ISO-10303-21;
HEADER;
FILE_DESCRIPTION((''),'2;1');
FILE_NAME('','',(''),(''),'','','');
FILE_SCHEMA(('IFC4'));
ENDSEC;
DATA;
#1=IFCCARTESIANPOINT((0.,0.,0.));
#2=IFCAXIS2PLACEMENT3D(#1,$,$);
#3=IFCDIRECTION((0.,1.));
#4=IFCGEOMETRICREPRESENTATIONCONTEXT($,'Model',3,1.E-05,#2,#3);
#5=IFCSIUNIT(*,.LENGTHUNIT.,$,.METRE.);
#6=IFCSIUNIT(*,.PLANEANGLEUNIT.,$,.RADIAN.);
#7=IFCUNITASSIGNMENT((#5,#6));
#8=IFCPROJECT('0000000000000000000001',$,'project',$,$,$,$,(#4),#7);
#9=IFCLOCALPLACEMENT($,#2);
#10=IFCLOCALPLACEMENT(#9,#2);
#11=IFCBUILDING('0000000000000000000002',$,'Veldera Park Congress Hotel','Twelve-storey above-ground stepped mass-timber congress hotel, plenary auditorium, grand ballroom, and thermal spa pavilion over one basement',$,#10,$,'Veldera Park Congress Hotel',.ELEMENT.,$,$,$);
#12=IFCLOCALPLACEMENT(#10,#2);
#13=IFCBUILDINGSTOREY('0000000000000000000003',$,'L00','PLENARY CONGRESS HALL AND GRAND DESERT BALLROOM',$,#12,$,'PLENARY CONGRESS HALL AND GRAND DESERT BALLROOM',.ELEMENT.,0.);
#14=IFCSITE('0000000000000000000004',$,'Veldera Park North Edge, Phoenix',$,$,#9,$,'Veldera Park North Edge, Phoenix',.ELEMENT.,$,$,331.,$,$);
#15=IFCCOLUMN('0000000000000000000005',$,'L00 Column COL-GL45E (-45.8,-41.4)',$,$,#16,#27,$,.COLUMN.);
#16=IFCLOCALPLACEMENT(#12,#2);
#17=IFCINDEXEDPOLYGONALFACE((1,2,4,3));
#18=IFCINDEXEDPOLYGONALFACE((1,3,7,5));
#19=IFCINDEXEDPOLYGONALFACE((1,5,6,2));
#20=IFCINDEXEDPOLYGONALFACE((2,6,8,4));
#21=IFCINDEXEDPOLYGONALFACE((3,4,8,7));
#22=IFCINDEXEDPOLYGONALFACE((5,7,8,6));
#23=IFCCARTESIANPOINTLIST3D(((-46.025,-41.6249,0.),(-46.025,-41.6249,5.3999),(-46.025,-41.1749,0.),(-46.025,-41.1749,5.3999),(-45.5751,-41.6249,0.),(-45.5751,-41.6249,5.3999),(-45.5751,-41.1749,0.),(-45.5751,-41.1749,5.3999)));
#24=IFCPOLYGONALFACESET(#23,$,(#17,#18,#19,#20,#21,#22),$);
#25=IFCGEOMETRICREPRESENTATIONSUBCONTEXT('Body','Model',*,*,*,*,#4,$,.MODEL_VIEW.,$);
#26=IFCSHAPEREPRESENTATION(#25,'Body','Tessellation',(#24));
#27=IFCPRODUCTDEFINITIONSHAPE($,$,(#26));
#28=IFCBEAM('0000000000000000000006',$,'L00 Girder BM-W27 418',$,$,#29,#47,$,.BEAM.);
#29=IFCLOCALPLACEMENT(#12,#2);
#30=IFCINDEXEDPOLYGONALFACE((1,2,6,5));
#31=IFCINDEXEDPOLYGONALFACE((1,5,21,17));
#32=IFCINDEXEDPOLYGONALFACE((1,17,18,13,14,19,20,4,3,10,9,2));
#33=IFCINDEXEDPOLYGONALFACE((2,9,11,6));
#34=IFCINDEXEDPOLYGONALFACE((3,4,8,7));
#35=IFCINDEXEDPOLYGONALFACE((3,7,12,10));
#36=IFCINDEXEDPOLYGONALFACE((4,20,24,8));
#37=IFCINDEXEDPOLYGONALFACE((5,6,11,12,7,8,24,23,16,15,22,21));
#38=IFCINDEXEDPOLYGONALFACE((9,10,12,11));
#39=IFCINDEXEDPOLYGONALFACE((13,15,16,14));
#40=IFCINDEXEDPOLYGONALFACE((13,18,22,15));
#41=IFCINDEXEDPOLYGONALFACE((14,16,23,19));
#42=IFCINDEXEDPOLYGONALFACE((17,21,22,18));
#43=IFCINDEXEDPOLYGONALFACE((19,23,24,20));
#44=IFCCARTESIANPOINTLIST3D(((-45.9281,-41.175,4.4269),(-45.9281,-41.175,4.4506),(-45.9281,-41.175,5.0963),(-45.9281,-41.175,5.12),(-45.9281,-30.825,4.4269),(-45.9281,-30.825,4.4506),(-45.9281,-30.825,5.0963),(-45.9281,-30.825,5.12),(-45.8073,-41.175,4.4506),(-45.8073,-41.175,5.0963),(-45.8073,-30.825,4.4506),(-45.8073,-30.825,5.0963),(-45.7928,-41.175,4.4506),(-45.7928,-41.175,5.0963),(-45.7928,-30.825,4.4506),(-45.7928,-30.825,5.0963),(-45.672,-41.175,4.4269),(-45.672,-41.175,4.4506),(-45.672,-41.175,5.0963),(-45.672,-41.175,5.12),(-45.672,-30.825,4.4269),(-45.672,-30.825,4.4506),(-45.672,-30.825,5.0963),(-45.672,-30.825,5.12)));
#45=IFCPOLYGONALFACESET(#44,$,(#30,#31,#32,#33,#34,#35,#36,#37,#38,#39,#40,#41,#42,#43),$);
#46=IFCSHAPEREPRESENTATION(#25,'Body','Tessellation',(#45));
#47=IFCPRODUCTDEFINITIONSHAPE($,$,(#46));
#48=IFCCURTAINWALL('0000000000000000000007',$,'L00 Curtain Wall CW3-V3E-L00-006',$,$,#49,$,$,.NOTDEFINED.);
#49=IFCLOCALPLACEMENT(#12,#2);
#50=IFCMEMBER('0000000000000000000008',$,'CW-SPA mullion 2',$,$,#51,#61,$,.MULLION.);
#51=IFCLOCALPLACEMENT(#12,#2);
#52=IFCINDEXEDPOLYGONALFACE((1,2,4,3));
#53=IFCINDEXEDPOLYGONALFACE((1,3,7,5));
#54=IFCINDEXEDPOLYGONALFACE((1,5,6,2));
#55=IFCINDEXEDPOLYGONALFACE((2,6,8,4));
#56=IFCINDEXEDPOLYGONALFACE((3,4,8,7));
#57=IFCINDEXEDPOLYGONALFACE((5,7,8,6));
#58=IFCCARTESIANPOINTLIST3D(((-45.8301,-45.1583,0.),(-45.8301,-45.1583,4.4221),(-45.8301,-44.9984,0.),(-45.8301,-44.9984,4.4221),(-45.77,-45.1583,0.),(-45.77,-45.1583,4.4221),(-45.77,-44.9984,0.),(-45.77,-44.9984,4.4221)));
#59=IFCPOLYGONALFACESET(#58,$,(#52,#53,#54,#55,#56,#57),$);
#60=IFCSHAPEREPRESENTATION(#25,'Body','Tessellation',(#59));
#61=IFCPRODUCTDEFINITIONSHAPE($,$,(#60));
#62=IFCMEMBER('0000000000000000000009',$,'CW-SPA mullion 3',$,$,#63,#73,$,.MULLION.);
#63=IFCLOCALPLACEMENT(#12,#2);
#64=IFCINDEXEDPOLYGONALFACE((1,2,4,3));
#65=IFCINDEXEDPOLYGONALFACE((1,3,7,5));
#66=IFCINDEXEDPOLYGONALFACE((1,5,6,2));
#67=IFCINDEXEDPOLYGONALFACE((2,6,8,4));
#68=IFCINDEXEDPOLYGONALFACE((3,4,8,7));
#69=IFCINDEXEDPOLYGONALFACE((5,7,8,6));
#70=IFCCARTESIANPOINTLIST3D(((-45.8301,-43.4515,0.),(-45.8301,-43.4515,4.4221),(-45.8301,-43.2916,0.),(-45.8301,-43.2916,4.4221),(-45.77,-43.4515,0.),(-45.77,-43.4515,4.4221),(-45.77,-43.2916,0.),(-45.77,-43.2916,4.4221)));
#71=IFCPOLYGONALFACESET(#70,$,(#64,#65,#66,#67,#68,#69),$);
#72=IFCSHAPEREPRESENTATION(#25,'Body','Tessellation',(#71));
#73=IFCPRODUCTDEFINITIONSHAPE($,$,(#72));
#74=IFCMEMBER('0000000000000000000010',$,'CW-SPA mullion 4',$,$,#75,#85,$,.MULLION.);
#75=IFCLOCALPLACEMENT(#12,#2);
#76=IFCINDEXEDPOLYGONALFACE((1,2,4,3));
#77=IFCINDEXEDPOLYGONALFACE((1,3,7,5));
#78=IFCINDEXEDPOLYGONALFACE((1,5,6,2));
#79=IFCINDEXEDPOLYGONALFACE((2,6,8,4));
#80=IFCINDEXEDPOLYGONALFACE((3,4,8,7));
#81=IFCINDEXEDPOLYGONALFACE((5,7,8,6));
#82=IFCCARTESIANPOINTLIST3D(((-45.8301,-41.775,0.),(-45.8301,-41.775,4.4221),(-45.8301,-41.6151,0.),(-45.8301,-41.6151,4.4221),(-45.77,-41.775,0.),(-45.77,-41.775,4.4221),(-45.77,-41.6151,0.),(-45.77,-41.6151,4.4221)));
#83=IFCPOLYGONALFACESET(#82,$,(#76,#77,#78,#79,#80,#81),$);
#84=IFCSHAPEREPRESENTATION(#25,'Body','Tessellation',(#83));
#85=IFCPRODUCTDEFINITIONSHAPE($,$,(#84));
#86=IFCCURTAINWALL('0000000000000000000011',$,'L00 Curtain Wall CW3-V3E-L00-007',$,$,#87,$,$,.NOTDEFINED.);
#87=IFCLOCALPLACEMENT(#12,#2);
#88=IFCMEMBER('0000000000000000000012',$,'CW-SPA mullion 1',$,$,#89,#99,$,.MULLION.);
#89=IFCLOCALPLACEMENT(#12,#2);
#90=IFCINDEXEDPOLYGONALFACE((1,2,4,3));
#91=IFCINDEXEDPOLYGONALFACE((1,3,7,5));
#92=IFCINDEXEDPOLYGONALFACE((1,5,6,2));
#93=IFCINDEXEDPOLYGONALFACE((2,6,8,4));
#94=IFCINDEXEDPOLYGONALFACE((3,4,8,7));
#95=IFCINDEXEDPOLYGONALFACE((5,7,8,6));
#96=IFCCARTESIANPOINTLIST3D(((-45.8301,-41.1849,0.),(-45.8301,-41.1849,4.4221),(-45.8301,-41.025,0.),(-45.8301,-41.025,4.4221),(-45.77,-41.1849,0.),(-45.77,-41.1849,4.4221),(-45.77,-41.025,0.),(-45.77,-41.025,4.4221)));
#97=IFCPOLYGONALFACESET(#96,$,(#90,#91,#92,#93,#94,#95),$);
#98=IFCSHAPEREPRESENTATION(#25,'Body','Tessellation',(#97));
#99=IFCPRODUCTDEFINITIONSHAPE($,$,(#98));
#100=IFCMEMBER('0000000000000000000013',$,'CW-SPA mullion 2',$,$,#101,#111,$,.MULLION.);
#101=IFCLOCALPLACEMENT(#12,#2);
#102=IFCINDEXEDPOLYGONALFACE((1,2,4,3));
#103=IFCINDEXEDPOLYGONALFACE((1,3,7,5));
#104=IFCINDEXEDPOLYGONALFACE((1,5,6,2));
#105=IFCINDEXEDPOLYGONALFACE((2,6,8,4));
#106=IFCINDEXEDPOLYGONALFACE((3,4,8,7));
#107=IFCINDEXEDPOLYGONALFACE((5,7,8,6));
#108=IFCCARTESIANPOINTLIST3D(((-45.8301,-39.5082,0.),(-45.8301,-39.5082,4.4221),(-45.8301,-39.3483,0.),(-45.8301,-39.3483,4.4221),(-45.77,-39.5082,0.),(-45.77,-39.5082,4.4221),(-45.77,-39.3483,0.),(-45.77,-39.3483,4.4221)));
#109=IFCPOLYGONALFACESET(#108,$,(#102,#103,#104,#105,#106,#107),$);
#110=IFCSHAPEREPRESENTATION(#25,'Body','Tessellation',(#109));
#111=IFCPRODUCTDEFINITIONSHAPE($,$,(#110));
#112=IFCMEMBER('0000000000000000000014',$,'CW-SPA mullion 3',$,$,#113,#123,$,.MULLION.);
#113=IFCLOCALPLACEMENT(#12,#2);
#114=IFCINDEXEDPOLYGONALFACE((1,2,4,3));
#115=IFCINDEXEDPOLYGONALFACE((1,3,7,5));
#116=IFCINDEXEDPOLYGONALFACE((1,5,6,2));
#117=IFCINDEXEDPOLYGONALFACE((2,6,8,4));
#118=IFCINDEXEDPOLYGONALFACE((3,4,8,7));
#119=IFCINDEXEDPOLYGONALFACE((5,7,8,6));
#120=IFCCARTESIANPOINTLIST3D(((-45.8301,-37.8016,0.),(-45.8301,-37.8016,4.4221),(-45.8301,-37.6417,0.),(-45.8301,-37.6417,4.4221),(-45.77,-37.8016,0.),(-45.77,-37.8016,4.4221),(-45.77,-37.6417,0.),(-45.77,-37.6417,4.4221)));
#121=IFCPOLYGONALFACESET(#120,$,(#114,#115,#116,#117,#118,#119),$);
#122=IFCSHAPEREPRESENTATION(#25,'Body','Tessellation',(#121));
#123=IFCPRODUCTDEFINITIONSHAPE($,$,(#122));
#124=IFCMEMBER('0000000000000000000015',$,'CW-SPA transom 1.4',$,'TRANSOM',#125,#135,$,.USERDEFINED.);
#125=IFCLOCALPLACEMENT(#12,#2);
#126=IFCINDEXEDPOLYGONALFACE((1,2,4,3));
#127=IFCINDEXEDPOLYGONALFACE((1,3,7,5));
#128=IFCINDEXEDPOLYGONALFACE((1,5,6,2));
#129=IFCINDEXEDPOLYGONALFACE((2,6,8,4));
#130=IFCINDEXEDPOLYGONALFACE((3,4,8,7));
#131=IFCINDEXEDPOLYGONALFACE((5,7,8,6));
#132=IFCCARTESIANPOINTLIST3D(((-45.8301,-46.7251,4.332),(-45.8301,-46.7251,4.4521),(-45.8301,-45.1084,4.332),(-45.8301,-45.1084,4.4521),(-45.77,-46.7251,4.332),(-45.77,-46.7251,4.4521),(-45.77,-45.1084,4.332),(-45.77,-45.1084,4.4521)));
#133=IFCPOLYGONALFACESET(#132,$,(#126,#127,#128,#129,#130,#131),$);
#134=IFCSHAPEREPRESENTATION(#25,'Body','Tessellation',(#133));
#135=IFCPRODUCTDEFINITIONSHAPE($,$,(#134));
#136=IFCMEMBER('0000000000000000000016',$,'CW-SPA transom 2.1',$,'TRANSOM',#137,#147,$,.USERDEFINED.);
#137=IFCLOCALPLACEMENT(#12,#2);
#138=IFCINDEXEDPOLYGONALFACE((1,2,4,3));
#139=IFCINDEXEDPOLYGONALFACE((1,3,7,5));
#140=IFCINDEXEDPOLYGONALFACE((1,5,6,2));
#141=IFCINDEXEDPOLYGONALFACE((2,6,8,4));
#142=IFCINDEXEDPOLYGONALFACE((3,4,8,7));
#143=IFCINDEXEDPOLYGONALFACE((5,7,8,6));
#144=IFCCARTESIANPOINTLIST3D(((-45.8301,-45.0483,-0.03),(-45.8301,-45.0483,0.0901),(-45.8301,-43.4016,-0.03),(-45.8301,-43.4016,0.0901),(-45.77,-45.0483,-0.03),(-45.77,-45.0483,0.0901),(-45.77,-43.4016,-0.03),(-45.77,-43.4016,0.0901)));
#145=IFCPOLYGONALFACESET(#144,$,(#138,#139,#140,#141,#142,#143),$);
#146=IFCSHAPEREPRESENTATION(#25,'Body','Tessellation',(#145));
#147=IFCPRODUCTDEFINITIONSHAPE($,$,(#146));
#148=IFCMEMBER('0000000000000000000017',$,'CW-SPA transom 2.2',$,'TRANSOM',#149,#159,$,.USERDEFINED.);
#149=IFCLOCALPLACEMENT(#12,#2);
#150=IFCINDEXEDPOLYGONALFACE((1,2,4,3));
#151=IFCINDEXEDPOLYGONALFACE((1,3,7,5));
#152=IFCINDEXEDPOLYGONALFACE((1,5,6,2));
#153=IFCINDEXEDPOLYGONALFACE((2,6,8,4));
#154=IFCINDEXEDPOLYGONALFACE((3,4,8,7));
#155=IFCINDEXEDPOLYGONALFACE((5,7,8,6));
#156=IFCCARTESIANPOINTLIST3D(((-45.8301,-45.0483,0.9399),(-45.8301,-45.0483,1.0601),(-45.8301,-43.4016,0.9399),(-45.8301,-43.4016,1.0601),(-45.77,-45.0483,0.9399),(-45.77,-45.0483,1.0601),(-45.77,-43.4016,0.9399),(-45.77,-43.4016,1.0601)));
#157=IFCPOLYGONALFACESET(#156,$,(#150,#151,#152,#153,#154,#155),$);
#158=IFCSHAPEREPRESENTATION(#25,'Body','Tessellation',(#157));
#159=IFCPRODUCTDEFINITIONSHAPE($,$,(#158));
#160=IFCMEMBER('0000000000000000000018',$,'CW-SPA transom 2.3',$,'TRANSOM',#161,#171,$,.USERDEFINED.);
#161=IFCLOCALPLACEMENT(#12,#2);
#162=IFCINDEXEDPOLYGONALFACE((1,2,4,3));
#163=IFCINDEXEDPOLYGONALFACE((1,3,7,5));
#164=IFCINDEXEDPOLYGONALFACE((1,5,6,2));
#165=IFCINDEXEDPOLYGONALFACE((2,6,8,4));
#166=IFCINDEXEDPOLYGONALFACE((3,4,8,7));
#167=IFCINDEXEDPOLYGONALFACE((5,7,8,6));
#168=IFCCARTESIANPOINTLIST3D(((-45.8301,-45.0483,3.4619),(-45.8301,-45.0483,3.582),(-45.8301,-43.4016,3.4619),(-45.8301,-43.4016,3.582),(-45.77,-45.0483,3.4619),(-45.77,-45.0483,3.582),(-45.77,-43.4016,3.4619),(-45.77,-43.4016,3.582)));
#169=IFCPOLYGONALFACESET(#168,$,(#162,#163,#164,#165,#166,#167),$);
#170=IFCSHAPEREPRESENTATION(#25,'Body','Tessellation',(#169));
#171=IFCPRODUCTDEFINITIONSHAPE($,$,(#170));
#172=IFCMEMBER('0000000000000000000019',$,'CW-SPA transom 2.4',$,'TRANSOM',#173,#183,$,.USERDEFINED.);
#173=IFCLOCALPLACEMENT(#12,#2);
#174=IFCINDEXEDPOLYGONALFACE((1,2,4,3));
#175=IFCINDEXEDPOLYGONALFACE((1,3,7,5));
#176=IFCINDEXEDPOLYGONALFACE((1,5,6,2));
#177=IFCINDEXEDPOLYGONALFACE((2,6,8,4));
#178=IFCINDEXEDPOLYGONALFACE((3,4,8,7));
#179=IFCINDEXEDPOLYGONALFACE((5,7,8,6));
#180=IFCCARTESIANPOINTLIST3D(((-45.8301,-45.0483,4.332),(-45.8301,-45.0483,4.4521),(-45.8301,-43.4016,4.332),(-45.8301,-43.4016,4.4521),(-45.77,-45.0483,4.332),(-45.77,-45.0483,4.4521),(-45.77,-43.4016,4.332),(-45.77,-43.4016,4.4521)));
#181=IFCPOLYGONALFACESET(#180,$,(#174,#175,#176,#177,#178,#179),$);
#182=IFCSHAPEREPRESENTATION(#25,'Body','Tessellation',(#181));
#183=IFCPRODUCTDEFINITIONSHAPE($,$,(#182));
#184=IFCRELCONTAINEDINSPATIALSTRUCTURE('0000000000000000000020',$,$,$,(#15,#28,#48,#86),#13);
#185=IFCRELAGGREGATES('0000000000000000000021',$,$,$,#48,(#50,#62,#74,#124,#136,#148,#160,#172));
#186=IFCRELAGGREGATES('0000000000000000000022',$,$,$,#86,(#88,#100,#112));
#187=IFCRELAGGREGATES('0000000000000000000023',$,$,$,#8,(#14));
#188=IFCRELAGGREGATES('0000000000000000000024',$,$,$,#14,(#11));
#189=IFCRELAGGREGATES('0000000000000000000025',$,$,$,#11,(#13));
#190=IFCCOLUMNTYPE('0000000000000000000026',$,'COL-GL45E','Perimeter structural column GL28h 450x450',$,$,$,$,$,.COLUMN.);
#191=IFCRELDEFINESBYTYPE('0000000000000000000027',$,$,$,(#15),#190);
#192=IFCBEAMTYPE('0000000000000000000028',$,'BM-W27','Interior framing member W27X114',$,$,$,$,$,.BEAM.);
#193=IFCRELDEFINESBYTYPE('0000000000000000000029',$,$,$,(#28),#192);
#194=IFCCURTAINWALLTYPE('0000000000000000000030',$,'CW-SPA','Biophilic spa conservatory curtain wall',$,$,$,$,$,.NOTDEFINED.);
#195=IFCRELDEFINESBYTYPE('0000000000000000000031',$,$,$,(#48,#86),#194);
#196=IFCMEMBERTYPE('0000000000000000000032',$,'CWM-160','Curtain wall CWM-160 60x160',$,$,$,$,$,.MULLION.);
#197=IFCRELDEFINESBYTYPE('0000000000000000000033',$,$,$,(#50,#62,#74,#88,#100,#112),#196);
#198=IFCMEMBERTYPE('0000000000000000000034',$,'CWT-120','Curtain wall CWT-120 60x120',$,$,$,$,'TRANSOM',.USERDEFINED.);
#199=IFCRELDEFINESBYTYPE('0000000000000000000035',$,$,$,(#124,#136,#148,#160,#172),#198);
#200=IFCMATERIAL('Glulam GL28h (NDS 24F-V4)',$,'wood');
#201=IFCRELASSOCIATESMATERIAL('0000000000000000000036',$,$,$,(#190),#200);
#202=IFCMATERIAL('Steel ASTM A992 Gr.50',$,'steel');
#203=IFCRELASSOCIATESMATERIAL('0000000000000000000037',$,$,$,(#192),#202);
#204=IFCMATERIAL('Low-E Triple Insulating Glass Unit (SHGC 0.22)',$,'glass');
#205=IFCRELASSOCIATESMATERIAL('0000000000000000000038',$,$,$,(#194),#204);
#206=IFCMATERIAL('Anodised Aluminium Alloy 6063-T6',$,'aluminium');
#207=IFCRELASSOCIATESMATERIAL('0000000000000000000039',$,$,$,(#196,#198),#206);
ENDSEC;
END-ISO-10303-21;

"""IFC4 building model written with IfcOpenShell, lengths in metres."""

from ifc_helpers import new_model, si_unit, direction, frame, origin, origin_2d, place, context, subcontext, project, spatial, rectangle, i_section, extrude, material, material_profile, profile_set, type_object, element, aggregate, save


model = new_model("IFC4")

# Units and contexts
model_context = context("Model", 3, precision=1e-05, world=origin(), true_north=direction((0.0, 1.0)))
body_context = subcontext(model_context, "Body", "Model", "MODEL_VIEW")
ifc_project = project(units=[si_unit("LENGTHUNIT", "METRE"), si_unit("PLANEANGLEUNIT", "RADIAN")], contexts=[model_context])

# Site, building, storey
site_placement = place(None, origin())
site = spatial("IfcSite", under=ifc_project, at=site_placement, Name="Veldera Park North Edge, Phoenix", LongName="Veldera Park North Edge, Phoenix", CompositionType="ELEMENT", RefElevation=331.0)
building_placement = place(site_placement, origin())
building = spatial("IfcBuilding", under=site, at=building_placement, Name="Veldera Park Congress Hotel", Description="Twelve-storey above-ground stepped mass-timber congress hotel, plenary auditorium, grand ballroom, and thermal spa pavilion over one basement", LongName="Veldera Park Congress Hotel", CompositionType="ELEMENT")
storey_placement = place(building_placement, origin())
storey = spatial("IfcBuildingStorey", under=building, at=storey_placement, Name="L00", Description="PLENARY CONGRESS HALL AND GRAND DESERT BALLROOM", LongName="PLENARY CONGRESS HALL AND GRAND DESERT BALLROOM", CompositionType="ELEMENT", Elevation=0.0)

# Column
ifc_material_1 = material(Name="Glulam GL28h (NDS 24F-V4)", Category="wood")
ifc_material_profile_1 = material_profile(ifc_material_1, rectangle(XDim=0.45, YDim=0.45, at=origin_2d()), Name="GL28h 450x450")
ifc_profile_set_1 = profile_set([ifc_material_profile_1], Name="Glulam GL28h (NDS 24F-V4)")
column_type = type_object("IfcColumnType", Name="COL-GL45E", Description="Perimeter structural column GL28h 450x450", PredefinedType="COLUMN", material=ifc_profile_set_1)
column_placement = place(storey_placement, frame((-45.8, -41.3999, 0.0), z_axis=(0.0, 0.0, 1.0), x_axis=(1.0, 0.0, 0.0)))
element("IfcColumn", 1, at=column_placement, inside=storey, type_object=column_type, Name="L00 Column COL-GL45E (-45.8,-41.4)", PredefinedType="COLUMN", context=body_context, shape_type="SweptSolid", body=[
    extrude(rectangle(XDim=0.45, YDim=0.45, at=origin_2d()), origin(), (0.0, 0.0, 1.0), 5.3999),
])

# Beam
ifc_material_2 = material(Name="Steel ASTM A992 Gr.50", Category="steel")
ifc_material_profile_2 = material_profile(ifc_material_2, i_section(OverallWidth=0.2561, OverallDepth=0.6931, WebThickness=0.0144, FlangeThickness=0.0237, at=origin_2d()), Name="W27X114")
ifc_profile_set_2 = profile_set([ifc_material_profile_2], Name="Steel ASTM A992 Gr.50")
beam_type = type_object("IfcBeamType", Name="BM-W27", Description="Interior framing member W27X114", PredefinedType="BEAM", material=ifc_profile_set_2)
beam_placement = place(storey_placement, frame((-45.8, -41.175, 4.7734), z_axis=(0.0, 1.0, 0.0), x_axis=(-1.0, 0.0, 0.0)))
element("IfcBeam", 2, at=beam_placement, inside=storey, type_object=beam_type, Name="L00 Girder BM-W27 418", PredefinedType="BEAM", context=body_context, shape_type="SweptSolid", body=[
    extrude(i_section(OverallWidth=0.2561, OverallDepth=0.6931, WebThickness=0.0144, FlangeThickness=0.0237, at=origin_2d()), origin(), (0.0, 0.0, 1.0), 10.3501),
])

# Curtain walls, members
ifc_material_3 = material(Name="Low-E Triple Insulating Glass Unit (SHGC 0.22)", Category="glass")
curtain_wall_type = type_object("IfcCurtainWallType", Name="CW-SPA", Description="Biophilic spa conservatory curtain wall", PredefinedType="NOTDEFINED", material=ifc_material_3)
curtain_wall_1_placement = place(storey_placement, origin())
curtain_wall_1 = element("IfcCurtainWall", 3, at=curtain_wall_1_placement, inside=storey, type_object=curtain_wall_type, Name="L00 Curtain Wall CW3-V3E-L00-006", PredefinedType="NOTDEFINED")
ifc_material_4 = material(Name="Anodised Aluminium Alloy 6063-T6", Category="aluminium")
ifc_material_profile_3 = material_profile(ifc_material_4, rectangle(XDim=0.0601, YDim=0.1599, at=origin_2d()), Name="ALU 60x160")
ifc_profile_set_3 = profile_set([ifc_material_profile_3], Name="Anodised Aluminium Alloy 6063-T6")
member_type_1 = type_object("IfcMemberType", Name="CWM-160", Description="Curtain wall CWM-160 60x160", PredefinedType="MULLION", material=ifc_profile_set_3)
member_1_placement = place(storey_placement, frame((-45.8, -45.0784, 0.0), z_axis=(0.0, 0.0, 1.0), x_axis=(-1.0, 0.0, 0.0)))
member_1 = element("IfcMember", 4, at=member_1_placement, type_object=member_type_1, Name="CW-SPA mullion 2", PredefinedType="MULLION", context=body_context, shape_type="SweptSolid", body=[
    extrude(rectangle(XDim=0.0601, YDim=0.1599, at=origin_2d()), origin(), (0.0, 0.0, 1.0), 4.4221),
])
member_2_placement = place(storey_placement, frame((-45.8, -43.3716, 0.0), z_axis=(0.0, 0.0, 1.0), x_axis=(-1.0, 0.0, 0.0)))
member_2 = element("IfcMember", 5, at=member_2_placement, type_object=member_type_1, Name="CW-SPA mullion 3", PredefinedType="MULLION", context=body_context, shape_type="SweptSolid", body=[
    extrude(rectangle(XDim=0.0601, YDim=0.1599, at=origin_2d()), origin(), (0.0, 0.0, 1.0), 4.4221),
])
member_3_placement = place(storey_placement, frame((-45.8, -41.6951, 0.0), z_axis=(0.0, 0.0, 1.0), x_axis=(-1.0, 0.0, 0.0)))
member_3 = element("IfcMember", 6, at=member_3_placement, type_object=member_type_1, Name="CW-SPA mullion 4", PredefinedType="MULLION", context=body_context, shape_type="SweptSolid", body=[
    extrude(rectangle(XDim=0.0601, YDim=0.1599, at=origin_2d()), origin(), (0.0, 0.0, 1.0), 4.4221),
])
curtain_wall_2_placement = place(storey_placement, origin())
curtain_wall_2 = element("IfcCurtainWall", 7, at=curtain_wall_2_placement, inside=storey, type_object=curtain_wall_type, Name="L00 Curtain Wall CW3-V3E-L00-007", PredefinedType="NOTDEFINED")
member_4_placement = place(storey_placement, frame((-45.8, -41.105, 0.0), z_axis=(0.0, 0.0, 1.0), x_axis=(-1.0, 0.0, 0.0)))
member_4 = element("IfcMember", 8, at=member_4_placement, type_object=member_type_1, Name="CW-SPA mullion 1", PredefinedType="MULLION", context=body_context, shape_type="SweptSolid", body=[
    extrude(rectangle(XDim=0.0601, YDim=0.1599, at=origin_2d()), origin(), (0.0, 0.0, 1.0), 4.4221),
])
member_5_placement = place(storey_placement, frame((-45.8, -39.4282, 0.0), z_axis=(0.0, 0.0, 1.0), x_axis=(-1.0, 0.0, 0.0)))
member_5 = element("IfcMember", 9, at=member_5_placement, type_object=member_type_1, Name="CW-SPA mullion 2", PredefinedType="MULLION", context=body_context, shape_type="SweptSolid", body=[
    extrude(rectangle(XDim=0.0601, YDim=0.1599, at=origin_2d()), origin(), (0.0, 0.0, 1.0), 4.4221),
])
member_6_placement = place(storey_placement, frame((-45.8, -37.7217, 0.0), z_axis=(0.0, 0.0, 1.0), x_axis=(-1.0, 0.0, 0.0)))
member_6 = element("IfcMember", 10, at=member_6_placement, type_object=member_type_1, Name="CW-SPA mullion 3", PredefinedType="MULLION", context=body_context, shape_type="SweptSolid", body=[
    extrude(rectangle(XDim=0.0601, YDim=0.1599, at=origin_2d()), origin(), (0.0, 0.0, 1.0), 4.4221),
])

# Members
ifc_material_profile_4 = material_profile(ifc_material_4, rectangle(XDim=0.0601, YDim=0.1201, at=origin_2d()), Name="ALU 60x120")
ifc_profile_set_4 = profile_set([ifc_material_profile_4], Name="Anodised Aluminium Alloy 6063-T6")
member_type_2 = type_object("IfcMemberType", Name="CWT-120", Description="Curtain wall CWT-120 60x120", ElementType="TRANSOM", PredefinedType="USERDEFINED", material=ifc_profile_set_4)
member_7_placement = place(storey_placement, frame((-45.8, -46.7251, 4.3921), z_axis=(0.0, 1.0, 0.0), x_axis=(-1.0, 0.0, 0.0)))
member_7 = element("IfcMember", 11, at=member_7_placement, type_object=member_type_2, Name="CW-SPA transom 1.4", ObjectType="TRANSOM", PredefinedType="USERDEFINED", context=body_context, shape_type="SweptSolid", body=[
    extrude(rectangle(XDim=0.0601, YDim=0.1201, at=origin_2d()), origin(), (0.0, 0.0, 1.0), 1.6167),
])
member_8_placement = place(storey_placement, frame((-45.8, -45.0483, 0.03), z_axis=(0.0, 1.0, 0.0), x_axis=(-1.0, 0.0, 0.0)))
member_8 = element("IfcMember", 12, at=member_8_placement, type_object=member_type_2, Name="CW-SPA transom 2.1", ObjectType="TRANSOM", PredefinedType="USERDEFINED", context=body_context, shape_type="SweptSolid", body=[
    extrude(rectangle(XDim=0.0601, YDim=0.1201, at=origin_2d()), origin(), (0.0, 0.0, 1.0), 1.6467),
])
member_9_placement = place(storey_placement, frame((-45.8, -45.0483, 1.0), z_axis=(0.0, 1.0, 0.0), x_axis=(-1.0, 0.0, 0.0)))
member_9 = element("IfcMember", 13, at=member_9_placement, type_object=member_type_2, Name="CW-SPA transom 2.2", ObjectType="TRANSOM", PredefinedType="USERDEFINED", context=body_context, shape_type="SweptSolid", body=[
    extrude(rectangle(XDim=0.0601, YDim=0.1201, at=origin_2d()), origin(), (0.0, 0.0, 1.0), 1.6467),
])
member_10_placement = place(storey_placement, frame((-45.8, -45.0483, 3.522), z_axis=(0.0, 1.0, 0.0), x_axis=(-1.0, 0.0, 0.0)))
member_10 = element("IfcMember", 14, at=member_10_placement, type_object=member_type_2, Name="CW-SPA transom 2.3", ObjectType="TRANSOM", PredefinedType="USERDEFINED", context=body_context, shape_type="SweptSolid", body=[
    extrude(rectangle(XDim=0.0601, YDim=0.1201, at=origin_2d()), origin(), (0.0, 0.0, 1.0), 1.6467),
])
member_11_placement = place(storey_placement, frame((-45.8, -45.0483, 4.3921), z_axis=(0.0, 1.0, 0.0), x_axis=(-1.0, 0.0, 0.0)))
member_11 = element("IfcMember", 15, at=member_11_placement, type_object=member_type_2, Name="CW-SPA transom 2.4", ObjectType="TRANSOM", PredefinedType="USERDEFINED", context=body_context, shape_type="SweptSolid", body=[
    extrude(rectangle(XDim=0.0601, YDim=0.1201, at=origin_2d()), origin(), (0.0, 0.0, 1.0), 1.6467),
])

aggregate(curtain_wall_1, [member_1, member_2, member_3, member_7, member_8, member_9, member_10, member_11])
aggregate(curtain_wall_2, [member_4, member_5, member_6])

save(model, "model.ifc")
